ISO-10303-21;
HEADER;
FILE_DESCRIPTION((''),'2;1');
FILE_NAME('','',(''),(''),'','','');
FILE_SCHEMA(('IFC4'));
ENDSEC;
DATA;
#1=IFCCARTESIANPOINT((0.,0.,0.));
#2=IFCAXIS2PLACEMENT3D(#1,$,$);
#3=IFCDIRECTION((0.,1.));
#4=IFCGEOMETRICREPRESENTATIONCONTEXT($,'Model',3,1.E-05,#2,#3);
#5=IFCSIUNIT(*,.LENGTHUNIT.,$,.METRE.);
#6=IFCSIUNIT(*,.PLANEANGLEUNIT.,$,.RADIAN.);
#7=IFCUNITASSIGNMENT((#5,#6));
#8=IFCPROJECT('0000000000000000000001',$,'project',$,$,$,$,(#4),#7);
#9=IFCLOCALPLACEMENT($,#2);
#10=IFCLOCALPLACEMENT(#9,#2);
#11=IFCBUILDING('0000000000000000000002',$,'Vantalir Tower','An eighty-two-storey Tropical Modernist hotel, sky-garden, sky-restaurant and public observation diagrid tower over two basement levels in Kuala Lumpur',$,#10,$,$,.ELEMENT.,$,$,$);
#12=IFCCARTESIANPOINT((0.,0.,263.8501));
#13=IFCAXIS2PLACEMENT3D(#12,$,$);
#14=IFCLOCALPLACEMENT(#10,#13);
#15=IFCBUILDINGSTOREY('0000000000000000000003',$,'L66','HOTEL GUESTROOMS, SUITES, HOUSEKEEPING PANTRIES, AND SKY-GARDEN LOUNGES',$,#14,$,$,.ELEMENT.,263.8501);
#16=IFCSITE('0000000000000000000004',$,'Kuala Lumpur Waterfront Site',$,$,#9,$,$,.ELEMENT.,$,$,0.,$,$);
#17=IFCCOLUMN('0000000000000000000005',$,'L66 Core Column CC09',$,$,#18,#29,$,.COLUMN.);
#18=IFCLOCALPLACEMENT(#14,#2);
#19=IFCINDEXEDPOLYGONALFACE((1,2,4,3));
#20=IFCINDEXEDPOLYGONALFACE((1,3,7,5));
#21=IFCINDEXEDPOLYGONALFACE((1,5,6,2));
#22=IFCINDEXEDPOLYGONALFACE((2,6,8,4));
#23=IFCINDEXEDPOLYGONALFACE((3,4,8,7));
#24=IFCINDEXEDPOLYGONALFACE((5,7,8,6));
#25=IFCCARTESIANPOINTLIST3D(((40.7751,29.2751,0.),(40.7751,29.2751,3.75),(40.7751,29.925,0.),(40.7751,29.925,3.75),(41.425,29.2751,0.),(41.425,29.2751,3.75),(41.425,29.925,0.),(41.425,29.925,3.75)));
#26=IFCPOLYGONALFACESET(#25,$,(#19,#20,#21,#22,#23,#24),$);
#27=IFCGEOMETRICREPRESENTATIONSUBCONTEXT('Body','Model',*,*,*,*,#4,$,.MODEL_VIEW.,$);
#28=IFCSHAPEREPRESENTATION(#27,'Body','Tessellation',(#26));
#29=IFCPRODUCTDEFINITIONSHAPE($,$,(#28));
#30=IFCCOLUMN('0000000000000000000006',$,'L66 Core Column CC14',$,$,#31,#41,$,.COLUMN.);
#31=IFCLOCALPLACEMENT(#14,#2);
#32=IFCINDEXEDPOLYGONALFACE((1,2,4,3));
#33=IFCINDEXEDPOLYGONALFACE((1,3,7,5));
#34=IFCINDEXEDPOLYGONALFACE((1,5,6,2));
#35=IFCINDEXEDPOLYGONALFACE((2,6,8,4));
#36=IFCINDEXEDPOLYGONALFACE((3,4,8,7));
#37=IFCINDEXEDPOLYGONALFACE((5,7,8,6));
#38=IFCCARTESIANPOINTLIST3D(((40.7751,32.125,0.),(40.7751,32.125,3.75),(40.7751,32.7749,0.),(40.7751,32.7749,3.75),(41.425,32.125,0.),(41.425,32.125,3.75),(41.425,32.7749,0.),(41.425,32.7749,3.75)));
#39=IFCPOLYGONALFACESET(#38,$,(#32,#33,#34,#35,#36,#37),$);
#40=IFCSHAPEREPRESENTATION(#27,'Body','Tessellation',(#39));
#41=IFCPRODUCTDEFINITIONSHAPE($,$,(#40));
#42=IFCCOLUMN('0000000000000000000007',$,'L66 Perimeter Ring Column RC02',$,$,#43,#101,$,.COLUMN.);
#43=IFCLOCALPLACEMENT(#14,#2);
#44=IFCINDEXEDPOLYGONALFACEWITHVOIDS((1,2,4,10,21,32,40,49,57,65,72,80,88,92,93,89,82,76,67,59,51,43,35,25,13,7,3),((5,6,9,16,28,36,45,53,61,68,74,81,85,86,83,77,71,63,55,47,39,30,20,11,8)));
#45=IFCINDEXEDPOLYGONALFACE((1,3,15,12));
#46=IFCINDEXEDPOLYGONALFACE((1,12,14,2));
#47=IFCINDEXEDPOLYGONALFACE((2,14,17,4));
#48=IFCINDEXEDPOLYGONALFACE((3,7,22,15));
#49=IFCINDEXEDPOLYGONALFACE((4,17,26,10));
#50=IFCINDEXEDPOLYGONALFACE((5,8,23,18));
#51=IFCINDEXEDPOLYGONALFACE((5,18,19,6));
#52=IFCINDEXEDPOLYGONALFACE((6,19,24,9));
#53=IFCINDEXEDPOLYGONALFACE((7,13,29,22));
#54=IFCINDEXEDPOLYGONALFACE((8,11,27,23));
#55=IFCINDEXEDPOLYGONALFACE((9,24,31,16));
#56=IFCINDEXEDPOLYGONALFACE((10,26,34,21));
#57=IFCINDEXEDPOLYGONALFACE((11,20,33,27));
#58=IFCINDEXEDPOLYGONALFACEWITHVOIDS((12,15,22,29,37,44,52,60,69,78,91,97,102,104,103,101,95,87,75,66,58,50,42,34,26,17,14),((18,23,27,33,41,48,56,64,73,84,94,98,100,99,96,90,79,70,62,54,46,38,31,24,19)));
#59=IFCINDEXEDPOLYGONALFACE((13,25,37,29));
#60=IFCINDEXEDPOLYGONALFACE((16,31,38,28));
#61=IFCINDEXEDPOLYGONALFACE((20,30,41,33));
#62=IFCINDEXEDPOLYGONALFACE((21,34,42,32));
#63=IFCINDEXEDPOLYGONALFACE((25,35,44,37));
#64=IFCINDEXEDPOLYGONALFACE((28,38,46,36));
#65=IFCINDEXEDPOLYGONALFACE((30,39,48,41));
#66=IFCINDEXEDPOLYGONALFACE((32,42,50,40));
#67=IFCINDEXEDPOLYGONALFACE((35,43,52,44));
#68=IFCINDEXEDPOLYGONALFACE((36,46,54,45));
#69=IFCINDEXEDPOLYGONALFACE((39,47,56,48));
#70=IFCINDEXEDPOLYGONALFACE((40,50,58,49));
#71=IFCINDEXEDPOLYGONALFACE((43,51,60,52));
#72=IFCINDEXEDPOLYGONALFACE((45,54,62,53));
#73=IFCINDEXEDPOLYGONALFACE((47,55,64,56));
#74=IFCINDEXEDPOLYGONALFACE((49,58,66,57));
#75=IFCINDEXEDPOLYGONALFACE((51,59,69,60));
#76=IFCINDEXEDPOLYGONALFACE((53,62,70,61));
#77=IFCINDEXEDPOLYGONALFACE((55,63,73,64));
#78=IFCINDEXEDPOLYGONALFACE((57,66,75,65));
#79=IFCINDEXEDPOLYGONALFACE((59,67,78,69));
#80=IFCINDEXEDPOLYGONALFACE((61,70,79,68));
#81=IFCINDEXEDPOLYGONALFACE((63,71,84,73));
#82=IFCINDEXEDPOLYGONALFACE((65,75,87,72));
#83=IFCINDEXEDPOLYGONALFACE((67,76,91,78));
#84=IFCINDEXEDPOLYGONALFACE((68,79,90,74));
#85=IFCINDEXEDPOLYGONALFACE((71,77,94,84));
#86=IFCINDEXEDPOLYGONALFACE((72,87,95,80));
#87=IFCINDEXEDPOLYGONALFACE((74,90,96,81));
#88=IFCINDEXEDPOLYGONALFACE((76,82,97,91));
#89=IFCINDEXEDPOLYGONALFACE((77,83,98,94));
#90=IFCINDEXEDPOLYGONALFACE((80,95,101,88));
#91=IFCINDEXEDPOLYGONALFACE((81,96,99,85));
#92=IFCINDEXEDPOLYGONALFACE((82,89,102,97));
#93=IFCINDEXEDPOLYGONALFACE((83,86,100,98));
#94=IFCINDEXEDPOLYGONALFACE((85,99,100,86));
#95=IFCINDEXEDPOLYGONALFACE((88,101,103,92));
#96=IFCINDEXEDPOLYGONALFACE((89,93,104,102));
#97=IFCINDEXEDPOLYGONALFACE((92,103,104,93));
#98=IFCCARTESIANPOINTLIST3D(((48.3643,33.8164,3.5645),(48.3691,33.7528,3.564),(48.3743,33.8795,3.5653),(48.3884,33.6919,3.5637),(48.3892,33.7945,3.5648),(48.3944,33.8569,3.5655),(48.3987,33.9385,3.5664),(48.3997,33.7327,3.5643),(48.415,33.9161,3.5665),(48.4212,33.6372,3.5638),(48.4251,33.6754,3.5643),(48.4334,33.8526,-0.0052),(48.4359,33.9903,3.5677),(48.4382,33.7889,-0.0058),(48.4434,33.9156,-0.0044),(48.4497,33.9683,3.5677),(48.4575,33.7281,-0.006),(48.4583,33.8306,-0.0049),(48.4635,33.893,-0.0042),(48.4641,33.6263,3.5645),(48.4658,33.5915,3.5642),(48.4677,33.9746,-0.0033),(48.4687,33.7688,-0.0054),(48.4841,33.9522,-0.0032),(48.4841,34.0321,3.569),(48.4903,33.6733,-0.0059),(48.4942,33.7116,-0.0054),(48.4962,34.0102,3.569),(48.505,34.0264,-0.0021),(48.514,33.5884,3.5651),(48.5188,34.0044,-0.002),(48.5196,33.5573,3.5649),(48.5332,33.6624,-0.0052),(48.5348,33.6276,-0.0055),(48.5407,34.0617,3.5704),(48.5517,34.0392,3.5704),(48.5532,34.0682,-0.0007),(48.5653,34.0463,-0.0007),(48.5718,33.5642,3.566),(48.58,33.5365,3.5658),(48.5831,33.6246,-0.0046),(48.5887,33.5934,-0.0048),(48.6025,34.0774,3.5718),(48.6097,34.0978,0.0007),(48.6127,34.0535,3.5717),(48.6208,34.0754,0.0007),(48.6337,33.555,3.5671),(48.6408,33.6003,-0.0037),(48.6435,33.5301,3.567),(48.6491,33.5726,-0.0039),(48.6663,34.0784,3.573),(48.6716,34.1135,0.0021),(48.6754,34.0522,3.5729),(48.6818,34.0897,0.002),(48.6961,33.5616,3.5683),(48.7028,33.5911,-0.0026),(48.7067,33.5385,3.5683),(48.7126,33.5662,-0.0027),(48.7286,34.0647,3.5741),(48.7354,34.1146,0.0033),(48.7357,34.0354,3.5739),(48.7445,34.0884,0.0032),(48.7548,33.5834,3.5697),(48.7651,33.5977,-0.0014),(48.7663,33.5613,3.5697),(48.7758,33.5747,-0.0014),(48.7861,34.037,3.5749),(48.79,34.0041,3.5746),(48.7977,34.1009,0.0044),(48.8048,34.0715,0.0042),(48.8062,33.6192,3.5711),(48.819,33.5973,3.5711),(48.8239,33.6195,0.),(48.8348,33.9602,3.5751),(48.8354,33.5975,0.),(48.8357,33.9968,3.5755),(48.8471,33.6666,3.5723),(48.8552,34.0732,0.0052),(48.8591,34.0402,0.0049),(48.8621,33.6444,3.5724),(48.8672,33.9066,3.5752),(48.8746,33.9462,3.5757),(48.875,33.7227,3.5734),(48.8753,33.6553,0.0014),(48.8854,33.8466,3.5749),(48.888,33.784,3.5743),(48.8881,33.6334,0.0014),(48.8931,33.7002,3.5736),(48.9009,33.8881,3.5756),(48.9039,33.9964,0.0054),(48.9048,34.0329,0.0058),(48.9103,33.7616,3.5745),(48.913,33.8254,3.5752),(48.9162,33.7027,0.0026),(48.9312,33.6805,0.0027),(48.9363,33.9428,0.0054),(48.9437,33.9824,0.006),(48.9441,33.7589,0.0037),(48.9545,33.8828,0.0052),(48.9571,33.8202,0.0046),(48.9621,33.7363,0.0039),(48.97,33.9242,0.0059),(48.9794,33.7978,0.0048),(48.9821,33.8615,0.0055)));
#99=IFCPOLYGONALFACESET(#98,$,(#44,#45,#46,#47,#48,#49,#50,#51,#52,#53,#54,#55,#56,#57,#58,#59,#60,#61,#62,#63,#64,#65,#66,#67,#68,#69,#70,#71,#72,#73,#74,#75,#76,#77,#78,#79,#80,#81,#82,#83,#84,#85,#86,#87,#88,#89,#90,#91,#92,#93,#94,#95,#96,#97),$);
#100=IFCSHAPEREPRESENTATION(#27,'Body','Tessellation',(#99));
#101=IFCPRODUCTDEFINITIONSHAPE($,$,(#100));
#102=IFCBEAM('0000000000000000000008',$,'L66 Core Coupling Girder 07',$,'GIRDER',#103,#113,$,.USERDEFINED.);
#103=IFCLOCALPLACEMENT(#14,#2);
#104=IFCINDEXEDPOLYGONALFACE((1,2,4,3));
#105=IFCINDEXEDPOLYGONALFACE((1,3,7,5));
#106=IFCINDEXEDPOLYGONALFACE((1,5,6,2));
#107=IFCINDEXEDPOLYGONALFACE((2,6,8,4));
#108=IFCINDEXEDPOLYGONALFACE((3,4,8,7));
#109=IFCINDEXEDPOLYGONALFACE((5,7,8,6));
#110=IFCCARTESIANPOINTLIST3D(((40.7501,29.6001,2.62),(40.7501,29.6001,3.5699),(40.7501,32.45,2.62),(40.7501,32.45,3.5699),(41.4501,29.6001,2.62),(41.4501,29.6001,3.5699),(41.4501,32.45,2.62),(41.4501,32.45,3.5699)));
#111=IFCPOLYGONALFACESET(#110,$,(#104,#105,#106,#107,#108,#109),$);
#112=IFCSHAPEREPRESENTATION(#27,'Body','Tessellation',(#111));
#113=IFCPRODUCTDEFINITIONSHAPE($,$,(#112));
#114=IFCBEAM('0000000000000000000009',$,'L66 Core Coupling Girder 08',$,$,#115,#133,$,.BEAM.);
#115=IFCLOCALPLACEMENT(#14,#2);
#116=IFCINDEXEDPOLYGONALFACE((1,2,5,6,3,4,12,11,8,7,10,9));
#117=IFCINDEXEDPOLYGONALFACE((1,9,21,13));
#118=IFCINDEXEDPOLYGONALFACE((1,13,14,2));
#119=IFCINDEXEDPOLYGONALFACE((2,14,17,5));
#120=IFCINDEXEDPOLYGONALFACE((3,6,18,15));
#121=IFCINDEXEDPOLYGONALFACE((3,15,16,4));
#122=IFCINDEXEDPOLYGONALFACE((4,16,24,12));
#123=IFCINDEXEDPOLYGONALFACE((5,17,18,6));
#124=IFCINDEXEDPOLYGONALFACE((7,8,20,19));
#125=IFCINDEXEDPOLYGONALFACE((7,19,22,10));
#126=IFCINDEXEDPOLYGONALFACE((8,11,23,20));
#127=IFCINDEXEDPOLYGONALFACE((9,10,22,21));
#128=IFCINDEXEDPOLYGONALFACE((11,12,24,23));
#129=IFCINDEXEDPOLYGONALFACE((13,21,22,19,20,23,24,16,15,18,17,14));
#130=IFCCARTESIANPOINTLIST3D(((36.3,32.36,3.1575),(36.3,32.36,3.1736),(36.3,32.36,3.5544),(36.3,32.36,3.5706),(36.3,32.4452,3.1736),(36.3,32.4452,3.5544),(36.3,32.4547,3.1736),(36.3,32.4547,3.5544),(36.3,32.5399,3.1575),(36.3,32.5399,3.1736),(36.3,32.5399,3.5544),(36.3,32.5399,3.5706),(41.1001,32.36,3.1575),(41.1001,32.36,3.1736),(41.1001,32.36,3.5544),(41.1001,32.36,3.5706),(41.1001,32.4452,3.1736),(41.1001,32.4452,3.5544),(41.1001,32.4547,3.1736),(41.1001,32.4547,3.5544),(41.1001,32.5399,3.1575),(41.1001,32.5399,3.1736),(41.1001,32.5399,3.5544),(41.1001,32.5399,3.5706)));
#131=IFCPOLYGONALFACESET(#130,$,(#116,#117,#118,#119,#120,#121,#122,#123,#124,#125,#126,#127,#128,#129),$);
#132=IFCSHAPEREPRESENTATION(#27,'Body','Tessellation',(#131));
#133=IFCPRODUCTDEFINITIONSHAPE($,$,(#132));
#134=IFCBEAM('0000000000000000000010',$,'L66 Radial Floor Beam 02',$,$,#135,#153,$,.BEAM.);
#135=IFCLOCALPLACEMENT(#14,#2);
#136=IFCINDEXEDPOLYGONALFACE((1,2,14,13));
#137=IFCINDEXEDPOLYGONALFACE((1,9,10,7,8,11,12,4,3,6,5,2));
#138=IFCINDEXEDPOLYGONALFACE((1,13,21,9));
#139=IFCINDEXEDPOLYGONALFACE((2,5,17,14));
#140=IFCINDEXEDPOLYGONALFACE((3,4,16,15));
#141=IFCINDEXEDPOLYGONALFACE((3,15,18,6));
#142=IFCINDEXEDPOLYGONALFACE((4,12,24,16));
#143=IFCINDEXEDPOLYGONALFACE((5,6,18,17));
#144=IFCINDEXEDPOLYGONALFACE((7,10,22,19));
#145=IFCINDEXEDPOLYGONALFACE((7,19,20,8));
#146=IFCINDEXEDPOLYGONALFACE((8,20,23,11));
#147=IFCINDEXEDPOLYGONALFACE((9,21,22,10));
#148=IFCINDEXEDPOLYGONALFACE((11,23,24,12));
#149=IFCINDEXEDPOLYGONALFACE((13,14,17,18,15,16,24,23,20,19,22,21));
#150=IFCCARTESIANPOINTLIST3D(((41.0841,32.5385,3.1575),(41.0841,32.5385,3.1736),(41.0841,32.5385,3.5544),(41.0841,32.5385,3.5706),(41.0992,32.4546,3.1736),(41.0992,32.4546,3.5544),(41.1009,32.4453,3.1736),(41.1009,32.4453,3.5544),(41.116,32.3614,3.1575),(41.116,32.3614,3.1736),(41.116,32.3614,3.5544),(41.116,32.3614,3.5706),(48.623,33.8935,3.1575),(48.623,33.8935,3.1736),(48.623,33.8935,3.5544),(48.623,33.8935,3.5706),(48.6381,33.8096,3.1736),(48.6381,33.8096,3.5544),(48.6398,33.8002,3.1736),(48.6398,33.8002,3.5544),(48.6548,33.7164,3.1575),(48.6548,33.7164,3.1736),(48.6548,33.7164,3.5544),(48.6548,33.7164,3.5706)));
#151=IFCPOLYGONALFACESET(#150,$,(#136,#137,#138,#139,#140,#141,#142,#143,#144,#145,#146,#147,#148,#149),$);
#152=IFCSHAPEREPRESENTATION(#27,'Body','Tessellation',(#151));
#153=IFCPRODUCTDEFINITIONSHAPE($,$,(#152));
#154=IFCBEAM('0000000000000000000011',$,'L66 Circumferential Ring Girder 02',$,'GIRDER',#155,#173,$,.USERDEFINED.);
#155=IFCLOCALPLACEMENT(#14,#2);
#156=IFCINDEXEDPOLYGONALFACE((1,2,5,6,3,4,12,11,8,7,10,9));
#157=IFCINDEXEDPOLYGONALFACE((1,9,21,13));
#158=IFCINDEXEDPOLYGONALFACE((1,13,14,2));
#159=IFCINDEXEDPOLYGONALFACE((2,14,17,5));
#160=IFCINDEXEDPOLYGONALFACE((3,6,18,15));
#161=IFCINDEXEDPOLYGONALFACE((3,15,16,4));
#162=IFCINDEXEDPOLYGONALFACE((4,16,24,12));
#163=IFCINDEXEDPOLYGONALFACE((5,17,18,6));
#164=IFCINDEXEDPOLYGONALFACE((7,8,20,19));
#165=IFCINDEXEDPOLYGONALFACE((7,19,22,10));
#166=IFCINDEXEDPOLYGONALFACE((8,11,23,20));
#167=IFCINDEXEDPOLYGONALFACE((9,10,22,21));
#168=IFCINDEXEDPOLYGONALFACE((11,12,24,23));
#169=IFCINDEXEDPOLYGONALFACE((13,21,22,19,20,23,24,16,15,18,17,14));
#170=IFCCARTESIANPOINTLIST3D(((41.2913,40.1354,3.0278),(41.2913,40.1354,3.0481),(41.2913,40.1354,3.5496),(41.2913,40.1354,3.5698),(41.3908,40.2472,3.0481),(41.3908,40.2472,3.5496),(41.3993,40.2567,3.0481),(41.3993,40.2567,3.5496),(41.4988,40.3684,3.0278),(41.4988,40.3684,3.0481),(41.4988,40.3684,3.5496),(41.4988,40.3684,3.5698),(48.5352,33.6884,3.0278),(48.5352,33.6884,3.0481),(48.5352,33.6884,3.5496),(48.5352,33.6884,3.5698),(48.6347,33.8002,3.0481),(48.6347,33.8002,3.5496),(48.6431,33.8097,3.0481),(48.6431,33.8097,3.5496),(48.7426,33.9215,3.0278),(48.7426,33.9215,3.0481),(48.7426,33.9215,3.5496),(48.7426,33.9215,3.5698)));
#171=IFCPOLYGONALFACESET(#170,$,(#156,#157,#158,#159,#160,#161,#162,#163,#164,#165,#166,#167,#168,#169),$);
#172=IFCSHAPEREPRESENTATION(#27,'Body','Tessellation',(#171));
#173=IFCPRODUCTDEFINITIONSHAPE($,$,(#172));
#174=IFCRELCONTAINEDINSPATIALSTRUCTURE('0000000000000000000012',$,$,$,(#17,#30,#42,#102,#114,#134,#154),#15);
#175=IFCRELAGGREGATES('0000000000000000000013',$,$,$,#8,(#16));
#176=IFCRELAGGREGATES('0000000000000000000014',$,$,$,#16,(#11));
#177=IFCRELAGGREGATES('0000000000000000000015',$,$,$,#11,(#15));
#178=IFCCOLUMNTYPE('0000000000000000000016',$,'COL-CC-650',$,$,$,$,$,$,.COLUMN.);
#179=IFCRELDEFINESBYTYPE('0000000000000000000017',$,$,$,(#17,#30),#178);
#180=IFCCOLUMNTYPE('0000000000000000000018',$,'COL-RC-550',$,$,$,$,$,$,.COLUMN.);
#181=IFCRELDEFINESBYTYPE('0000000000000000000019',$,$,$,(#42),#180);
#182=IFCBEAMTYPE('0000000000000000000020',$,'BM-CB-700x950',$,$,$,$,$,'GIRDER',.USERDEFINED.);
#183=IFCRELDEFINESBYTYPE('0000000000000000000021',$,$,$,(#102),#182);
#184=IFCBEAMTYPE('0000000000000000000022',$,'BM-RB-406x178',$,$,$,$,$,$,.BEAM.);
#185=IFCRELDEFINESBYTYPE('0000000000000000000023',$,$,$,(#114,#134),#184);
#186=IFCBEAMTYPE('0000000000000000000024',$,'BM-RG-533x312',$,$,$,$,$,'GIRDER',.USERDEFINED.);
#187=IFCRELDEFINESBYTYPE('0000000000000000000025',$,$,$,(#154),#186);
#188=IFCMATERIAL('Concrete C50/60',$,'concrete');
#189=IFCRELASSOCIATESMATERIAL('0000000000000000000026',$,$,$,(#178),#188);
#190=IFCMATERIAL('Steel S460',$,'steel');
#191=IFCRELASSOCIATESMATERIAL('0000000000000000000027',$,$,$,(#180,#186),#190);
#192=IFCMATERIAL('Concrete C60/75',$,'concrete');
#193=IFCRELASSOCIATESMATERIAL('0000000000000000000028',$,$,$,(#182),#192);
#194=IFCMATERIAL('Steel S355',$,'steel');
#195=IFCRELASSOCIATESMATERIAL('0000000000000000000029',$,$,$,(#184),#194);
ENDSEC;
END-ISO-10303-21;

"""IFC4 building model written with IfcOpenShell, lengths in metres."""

from ifc_helpers import new_model, si_unit, direction, frame, origin, origin_2d, place, context, subcontext, project, spatial, rectangle, hollow_circle, i_section, extrude, material, material_profile, profile_set, type_object, element, save


model = new_model("IFC4")

# Units and contexts
model_context = context("Model", 3, precision=1e-05, world=origin(), true_north=direction((0.0, 1.0)))
body_context = subcontext(model_context, "Body", "Model", "MODEL_VIEW")
ifc_project = project(units=[si_unit("LENGTHUNIT", "METRE"), si_unit("PLANEANGLEUNIT", "RADIAN")], contexts=[model_context])

# Site, building, storey
site_placement = place(None, origin())
site = spatial("IfcSite", under=ifc_project, at=site_placement, Name="Kuala Lumpur Waterfront Site", CompositionType="ELEMENT", RefElevation=0.0)
building_placement = place(site_placement, origin())
building = spatial("IfcBuilding", under=site, at=building_placement, Name="Vantalir Tower", Description="An eighty-two-storey Tropical Modernist hotel, sky-garden, sky-restaurant and public observation diagrid tower over two basement levels in Kuala Lumpur", CompositionType="ELEMENT")
storey_placement = place(building_placement, frame((0.0, 0.0, 263.8501)))
storey = spatial("IfcBuildingStorey", under=building, at=storey_placement, Name="L66", Description="HOTEL GUESTROOMS, SUITES, HOUSEKEEPING PANTRIES, AND SKY-GARDEN LOUNGES", CompositionType="ELEMENT", Elevation=263.8501)

# Columns
ifc_material_1 = material(Name="Concrete C50/60", Category="concrete")
ifc_material_profile_1 = material_profile(ifc_material_1, rectangle(XDim=0.6499, YDim=0.6499, at=origin_2d()), Name="Concrete C50/60")
ifc_profile_set_1 = profile_set([ifc_material_profile_1], Name="Concrete C50/60")
column_type_1 = type_object("IfcColumnType", Name="COL-CC-650", PredefinedType="COLUMN", material=ifc_profile_set_1)
for number, where, z_axis, x_axis, name in (
    (1, (41.1001, 29.6001, 0.0), (0.0, 0.0, 1.0), (1.0, 0.0, 0.0), "L66 Core Column CC09"),
    (2, (41.1001, 32.45, 0.0), (0.0, 0.0, 1.0), (1.0, 0.0, 0.0), "L66 Core Column CC14"),
):
    element("IfcColumn", number, at=place(storey_placement, frame(where, z_axis=z_axis, x_axis=x_axis)), inside=storey, type_object=column_type_1, Name=name, PredefinedType="COLUMN", context=body_context, shape_type="SweptSolid", body=[
        extrude(rectangle(XDim=0.6499, YDim=0.6499, at=origin_2d()), origin(), (0.0, 0.0, 1.0), 3.75),
    ])
ifc_material_2 = material(Name="Steel S460", Category="steel")
ifc_material_profile_2 = material_profile(ifc_material_2, hollow_circle(Radius=0.2749, WallThickness=0.0249, at=origin_2d()), Name="Steel S460")
ifc_profile_set_2 = profile_set([ifc_material_profile_2], Name="Steel S460")
column_type_2 = type_object("IfcColumnType", Name="COL-RC-550", PredefinedType="COLUMN", material=ifc_profile_set_2)
column_placement = place(storey_placement, frame((48.708, 33.8411, 0.0), z_axis=(-0.01935, -0.010119, 0.999762), x_axis=(0.463422, -0.886138, 0.0)))
element("IfcColumn", 3, at=column_placement, inside=storey, type_object=column_type_2, Name="L66 Perimeter Ring Column RC02", PredefinedType="COLUMN", context=body_context, shape_type="SweptSolid", body=[
    extrude(hollow_circle(Radius=0.2749, WallThickness=0.0249, at=origin_2d()), origin(), (0.0, 0.0, 1.0), 3.5706),
])

# Beams
ifc_material_3 = material(Name="Concrete C60/75", Category="concrete")
ifc_material_profile_3 = material_profile(ifc_material_3, rectangle(XDim=0.7, YDim=0.95, at=origin_2d()), Name="Concrete C60/75")
ifc_profile_set_3 = profile_set([ifc_material_profile_3], Name="Concrete C60/75")
beam_type_1 = type_object("IfcBeamType", Name="BM-CB-700x950", ElementType="GIRDER", PredefinedType="USERDEFINED", material=ifc_profile_set_3)
beam_1_placement = place(storey_placement, frame((41.1001, 29.6001, 3.095), z_axis=(0.0, 1.0, 0.0), x_axis=(-1.0, 0.0, 0.0)))
element("IfcBeam", 4, at=beam_1_placement, inside=storey, type_object=beam_type_1, Name="L66 Core Coupling Girder 07", ObjectType="GIRDER", PredefinedType="USERDEFINED", context=body_context, shape_type="SweptSolid", body=[
    extrude(rectangle(XDim=0.7, YDim=0.95, at=origin_2d()), origin(), (0.0, 0.0, 1.0), 2.8499),
])
ifc_material_4 = material(Name="Steel S355", Category="steel")
ifc_material_profile_4 = material_profile(ifc_material_4, i_section(OverallWidth=0.1799, OverallDepth=0.4131, WebThickness=0.0095, FlangeThickness=0.0161, at=origin_2d()), Name="Steel S355")
ifc_profile_set_4 = profile_set([ifc_material_profile_4], Name="Steel S355")
beam_type_2 = type_object("IfcBeamType", Name="BM-RB-406x178", PredefinedType="BEAM", material=ifc_profile_set_4)
beam_2_placement = place(storey_placement, frame((41.1001, 32.45, 3.364), z_axis=(-1.0, 0.0, 0.0), x_axis=(0.0, -1.0, 0.0)))
element("IfcBeam", 5, at=beam_2_placement, inside=storey, type_object=beam_type_2, Name="L66 Core Coupling Girder 08", PredefinedType="BEAM", context=body_context, shape_type="SweptSolid", body=[
    extrude(i_section(OverallWidth=0.1799, OverallDepth=0.4131, WebThickness=0.0095, FlangeThickness=0.0161, at=origin_2d()), origin(), (0.0, 0.0, 1.0), 4.8),
])
beam_3_placement = place(storey_placement, frame((48.6389, 33.8049, 3.364), z_axis=(-0.984229, -0.176899, 0.0), x_axis=(0.176899, -0.984229, 0.0)))
element("IfcBeam", 6, at=beam_3_placement, inside=storey, type_object=beam_type_2, Name="L66 Radial Floor Beam 02", PredefinedType="BEAM", context=body_context, shape_type="SweptSolid", body=[
    extrude(i_section(OverallWidth=0.1799, OverallDepth=0.4131, WebThickness=0.0095, FlangeThickness=0.0161, at=origin_2d()), origin(), (0.0, 0.0, 1.0), 7.6597),
])
ifc_material_profile_5 = material_profile(ifc_material_2, i_section(OverallWidth=0.312, OverallDepth=0.542, WebThickness=0.0127, FlangeThickness=0.0203, at=origin_2d()), Name="Steel S460")
ifc_profile_set_5 = profile_set([ifc_material_profile_5], Name="Steel S460")
beam_type_3 = type_object("IfcBeamType", Name="BM-RG-533x312", ElementType="GIRDER", PredefinedType="USERDEFINED", material=ifc_profile_set_5)
beam_4_placement = place(storey_placement, frame((48.6389, 33.8049, 3.2988), z_axis=(-0.746999, 0.664825, 0.0), x_axis=(-0.664825, -0.746999, 0.0)))
element("IfcBeam", 7, at=beam_4_placement, inside=storey, type_object=beam_type_3, Name="L66 Circumferential Ring Girder 02", ObjectType="GIRDER", PredefinedType="USERDEFINED", context=body_context, shape_type="SweptSolid", body=[
    extrude(i_section(OverallWidth=0.312, OverallDepth=0.542, WebThickness=0.0127, FlangeThickness=0.0203, at=origin_2d()), origin(), (0.0, 0.0, 1.0), 9.6973),
])

save(model, "model.ifc")
